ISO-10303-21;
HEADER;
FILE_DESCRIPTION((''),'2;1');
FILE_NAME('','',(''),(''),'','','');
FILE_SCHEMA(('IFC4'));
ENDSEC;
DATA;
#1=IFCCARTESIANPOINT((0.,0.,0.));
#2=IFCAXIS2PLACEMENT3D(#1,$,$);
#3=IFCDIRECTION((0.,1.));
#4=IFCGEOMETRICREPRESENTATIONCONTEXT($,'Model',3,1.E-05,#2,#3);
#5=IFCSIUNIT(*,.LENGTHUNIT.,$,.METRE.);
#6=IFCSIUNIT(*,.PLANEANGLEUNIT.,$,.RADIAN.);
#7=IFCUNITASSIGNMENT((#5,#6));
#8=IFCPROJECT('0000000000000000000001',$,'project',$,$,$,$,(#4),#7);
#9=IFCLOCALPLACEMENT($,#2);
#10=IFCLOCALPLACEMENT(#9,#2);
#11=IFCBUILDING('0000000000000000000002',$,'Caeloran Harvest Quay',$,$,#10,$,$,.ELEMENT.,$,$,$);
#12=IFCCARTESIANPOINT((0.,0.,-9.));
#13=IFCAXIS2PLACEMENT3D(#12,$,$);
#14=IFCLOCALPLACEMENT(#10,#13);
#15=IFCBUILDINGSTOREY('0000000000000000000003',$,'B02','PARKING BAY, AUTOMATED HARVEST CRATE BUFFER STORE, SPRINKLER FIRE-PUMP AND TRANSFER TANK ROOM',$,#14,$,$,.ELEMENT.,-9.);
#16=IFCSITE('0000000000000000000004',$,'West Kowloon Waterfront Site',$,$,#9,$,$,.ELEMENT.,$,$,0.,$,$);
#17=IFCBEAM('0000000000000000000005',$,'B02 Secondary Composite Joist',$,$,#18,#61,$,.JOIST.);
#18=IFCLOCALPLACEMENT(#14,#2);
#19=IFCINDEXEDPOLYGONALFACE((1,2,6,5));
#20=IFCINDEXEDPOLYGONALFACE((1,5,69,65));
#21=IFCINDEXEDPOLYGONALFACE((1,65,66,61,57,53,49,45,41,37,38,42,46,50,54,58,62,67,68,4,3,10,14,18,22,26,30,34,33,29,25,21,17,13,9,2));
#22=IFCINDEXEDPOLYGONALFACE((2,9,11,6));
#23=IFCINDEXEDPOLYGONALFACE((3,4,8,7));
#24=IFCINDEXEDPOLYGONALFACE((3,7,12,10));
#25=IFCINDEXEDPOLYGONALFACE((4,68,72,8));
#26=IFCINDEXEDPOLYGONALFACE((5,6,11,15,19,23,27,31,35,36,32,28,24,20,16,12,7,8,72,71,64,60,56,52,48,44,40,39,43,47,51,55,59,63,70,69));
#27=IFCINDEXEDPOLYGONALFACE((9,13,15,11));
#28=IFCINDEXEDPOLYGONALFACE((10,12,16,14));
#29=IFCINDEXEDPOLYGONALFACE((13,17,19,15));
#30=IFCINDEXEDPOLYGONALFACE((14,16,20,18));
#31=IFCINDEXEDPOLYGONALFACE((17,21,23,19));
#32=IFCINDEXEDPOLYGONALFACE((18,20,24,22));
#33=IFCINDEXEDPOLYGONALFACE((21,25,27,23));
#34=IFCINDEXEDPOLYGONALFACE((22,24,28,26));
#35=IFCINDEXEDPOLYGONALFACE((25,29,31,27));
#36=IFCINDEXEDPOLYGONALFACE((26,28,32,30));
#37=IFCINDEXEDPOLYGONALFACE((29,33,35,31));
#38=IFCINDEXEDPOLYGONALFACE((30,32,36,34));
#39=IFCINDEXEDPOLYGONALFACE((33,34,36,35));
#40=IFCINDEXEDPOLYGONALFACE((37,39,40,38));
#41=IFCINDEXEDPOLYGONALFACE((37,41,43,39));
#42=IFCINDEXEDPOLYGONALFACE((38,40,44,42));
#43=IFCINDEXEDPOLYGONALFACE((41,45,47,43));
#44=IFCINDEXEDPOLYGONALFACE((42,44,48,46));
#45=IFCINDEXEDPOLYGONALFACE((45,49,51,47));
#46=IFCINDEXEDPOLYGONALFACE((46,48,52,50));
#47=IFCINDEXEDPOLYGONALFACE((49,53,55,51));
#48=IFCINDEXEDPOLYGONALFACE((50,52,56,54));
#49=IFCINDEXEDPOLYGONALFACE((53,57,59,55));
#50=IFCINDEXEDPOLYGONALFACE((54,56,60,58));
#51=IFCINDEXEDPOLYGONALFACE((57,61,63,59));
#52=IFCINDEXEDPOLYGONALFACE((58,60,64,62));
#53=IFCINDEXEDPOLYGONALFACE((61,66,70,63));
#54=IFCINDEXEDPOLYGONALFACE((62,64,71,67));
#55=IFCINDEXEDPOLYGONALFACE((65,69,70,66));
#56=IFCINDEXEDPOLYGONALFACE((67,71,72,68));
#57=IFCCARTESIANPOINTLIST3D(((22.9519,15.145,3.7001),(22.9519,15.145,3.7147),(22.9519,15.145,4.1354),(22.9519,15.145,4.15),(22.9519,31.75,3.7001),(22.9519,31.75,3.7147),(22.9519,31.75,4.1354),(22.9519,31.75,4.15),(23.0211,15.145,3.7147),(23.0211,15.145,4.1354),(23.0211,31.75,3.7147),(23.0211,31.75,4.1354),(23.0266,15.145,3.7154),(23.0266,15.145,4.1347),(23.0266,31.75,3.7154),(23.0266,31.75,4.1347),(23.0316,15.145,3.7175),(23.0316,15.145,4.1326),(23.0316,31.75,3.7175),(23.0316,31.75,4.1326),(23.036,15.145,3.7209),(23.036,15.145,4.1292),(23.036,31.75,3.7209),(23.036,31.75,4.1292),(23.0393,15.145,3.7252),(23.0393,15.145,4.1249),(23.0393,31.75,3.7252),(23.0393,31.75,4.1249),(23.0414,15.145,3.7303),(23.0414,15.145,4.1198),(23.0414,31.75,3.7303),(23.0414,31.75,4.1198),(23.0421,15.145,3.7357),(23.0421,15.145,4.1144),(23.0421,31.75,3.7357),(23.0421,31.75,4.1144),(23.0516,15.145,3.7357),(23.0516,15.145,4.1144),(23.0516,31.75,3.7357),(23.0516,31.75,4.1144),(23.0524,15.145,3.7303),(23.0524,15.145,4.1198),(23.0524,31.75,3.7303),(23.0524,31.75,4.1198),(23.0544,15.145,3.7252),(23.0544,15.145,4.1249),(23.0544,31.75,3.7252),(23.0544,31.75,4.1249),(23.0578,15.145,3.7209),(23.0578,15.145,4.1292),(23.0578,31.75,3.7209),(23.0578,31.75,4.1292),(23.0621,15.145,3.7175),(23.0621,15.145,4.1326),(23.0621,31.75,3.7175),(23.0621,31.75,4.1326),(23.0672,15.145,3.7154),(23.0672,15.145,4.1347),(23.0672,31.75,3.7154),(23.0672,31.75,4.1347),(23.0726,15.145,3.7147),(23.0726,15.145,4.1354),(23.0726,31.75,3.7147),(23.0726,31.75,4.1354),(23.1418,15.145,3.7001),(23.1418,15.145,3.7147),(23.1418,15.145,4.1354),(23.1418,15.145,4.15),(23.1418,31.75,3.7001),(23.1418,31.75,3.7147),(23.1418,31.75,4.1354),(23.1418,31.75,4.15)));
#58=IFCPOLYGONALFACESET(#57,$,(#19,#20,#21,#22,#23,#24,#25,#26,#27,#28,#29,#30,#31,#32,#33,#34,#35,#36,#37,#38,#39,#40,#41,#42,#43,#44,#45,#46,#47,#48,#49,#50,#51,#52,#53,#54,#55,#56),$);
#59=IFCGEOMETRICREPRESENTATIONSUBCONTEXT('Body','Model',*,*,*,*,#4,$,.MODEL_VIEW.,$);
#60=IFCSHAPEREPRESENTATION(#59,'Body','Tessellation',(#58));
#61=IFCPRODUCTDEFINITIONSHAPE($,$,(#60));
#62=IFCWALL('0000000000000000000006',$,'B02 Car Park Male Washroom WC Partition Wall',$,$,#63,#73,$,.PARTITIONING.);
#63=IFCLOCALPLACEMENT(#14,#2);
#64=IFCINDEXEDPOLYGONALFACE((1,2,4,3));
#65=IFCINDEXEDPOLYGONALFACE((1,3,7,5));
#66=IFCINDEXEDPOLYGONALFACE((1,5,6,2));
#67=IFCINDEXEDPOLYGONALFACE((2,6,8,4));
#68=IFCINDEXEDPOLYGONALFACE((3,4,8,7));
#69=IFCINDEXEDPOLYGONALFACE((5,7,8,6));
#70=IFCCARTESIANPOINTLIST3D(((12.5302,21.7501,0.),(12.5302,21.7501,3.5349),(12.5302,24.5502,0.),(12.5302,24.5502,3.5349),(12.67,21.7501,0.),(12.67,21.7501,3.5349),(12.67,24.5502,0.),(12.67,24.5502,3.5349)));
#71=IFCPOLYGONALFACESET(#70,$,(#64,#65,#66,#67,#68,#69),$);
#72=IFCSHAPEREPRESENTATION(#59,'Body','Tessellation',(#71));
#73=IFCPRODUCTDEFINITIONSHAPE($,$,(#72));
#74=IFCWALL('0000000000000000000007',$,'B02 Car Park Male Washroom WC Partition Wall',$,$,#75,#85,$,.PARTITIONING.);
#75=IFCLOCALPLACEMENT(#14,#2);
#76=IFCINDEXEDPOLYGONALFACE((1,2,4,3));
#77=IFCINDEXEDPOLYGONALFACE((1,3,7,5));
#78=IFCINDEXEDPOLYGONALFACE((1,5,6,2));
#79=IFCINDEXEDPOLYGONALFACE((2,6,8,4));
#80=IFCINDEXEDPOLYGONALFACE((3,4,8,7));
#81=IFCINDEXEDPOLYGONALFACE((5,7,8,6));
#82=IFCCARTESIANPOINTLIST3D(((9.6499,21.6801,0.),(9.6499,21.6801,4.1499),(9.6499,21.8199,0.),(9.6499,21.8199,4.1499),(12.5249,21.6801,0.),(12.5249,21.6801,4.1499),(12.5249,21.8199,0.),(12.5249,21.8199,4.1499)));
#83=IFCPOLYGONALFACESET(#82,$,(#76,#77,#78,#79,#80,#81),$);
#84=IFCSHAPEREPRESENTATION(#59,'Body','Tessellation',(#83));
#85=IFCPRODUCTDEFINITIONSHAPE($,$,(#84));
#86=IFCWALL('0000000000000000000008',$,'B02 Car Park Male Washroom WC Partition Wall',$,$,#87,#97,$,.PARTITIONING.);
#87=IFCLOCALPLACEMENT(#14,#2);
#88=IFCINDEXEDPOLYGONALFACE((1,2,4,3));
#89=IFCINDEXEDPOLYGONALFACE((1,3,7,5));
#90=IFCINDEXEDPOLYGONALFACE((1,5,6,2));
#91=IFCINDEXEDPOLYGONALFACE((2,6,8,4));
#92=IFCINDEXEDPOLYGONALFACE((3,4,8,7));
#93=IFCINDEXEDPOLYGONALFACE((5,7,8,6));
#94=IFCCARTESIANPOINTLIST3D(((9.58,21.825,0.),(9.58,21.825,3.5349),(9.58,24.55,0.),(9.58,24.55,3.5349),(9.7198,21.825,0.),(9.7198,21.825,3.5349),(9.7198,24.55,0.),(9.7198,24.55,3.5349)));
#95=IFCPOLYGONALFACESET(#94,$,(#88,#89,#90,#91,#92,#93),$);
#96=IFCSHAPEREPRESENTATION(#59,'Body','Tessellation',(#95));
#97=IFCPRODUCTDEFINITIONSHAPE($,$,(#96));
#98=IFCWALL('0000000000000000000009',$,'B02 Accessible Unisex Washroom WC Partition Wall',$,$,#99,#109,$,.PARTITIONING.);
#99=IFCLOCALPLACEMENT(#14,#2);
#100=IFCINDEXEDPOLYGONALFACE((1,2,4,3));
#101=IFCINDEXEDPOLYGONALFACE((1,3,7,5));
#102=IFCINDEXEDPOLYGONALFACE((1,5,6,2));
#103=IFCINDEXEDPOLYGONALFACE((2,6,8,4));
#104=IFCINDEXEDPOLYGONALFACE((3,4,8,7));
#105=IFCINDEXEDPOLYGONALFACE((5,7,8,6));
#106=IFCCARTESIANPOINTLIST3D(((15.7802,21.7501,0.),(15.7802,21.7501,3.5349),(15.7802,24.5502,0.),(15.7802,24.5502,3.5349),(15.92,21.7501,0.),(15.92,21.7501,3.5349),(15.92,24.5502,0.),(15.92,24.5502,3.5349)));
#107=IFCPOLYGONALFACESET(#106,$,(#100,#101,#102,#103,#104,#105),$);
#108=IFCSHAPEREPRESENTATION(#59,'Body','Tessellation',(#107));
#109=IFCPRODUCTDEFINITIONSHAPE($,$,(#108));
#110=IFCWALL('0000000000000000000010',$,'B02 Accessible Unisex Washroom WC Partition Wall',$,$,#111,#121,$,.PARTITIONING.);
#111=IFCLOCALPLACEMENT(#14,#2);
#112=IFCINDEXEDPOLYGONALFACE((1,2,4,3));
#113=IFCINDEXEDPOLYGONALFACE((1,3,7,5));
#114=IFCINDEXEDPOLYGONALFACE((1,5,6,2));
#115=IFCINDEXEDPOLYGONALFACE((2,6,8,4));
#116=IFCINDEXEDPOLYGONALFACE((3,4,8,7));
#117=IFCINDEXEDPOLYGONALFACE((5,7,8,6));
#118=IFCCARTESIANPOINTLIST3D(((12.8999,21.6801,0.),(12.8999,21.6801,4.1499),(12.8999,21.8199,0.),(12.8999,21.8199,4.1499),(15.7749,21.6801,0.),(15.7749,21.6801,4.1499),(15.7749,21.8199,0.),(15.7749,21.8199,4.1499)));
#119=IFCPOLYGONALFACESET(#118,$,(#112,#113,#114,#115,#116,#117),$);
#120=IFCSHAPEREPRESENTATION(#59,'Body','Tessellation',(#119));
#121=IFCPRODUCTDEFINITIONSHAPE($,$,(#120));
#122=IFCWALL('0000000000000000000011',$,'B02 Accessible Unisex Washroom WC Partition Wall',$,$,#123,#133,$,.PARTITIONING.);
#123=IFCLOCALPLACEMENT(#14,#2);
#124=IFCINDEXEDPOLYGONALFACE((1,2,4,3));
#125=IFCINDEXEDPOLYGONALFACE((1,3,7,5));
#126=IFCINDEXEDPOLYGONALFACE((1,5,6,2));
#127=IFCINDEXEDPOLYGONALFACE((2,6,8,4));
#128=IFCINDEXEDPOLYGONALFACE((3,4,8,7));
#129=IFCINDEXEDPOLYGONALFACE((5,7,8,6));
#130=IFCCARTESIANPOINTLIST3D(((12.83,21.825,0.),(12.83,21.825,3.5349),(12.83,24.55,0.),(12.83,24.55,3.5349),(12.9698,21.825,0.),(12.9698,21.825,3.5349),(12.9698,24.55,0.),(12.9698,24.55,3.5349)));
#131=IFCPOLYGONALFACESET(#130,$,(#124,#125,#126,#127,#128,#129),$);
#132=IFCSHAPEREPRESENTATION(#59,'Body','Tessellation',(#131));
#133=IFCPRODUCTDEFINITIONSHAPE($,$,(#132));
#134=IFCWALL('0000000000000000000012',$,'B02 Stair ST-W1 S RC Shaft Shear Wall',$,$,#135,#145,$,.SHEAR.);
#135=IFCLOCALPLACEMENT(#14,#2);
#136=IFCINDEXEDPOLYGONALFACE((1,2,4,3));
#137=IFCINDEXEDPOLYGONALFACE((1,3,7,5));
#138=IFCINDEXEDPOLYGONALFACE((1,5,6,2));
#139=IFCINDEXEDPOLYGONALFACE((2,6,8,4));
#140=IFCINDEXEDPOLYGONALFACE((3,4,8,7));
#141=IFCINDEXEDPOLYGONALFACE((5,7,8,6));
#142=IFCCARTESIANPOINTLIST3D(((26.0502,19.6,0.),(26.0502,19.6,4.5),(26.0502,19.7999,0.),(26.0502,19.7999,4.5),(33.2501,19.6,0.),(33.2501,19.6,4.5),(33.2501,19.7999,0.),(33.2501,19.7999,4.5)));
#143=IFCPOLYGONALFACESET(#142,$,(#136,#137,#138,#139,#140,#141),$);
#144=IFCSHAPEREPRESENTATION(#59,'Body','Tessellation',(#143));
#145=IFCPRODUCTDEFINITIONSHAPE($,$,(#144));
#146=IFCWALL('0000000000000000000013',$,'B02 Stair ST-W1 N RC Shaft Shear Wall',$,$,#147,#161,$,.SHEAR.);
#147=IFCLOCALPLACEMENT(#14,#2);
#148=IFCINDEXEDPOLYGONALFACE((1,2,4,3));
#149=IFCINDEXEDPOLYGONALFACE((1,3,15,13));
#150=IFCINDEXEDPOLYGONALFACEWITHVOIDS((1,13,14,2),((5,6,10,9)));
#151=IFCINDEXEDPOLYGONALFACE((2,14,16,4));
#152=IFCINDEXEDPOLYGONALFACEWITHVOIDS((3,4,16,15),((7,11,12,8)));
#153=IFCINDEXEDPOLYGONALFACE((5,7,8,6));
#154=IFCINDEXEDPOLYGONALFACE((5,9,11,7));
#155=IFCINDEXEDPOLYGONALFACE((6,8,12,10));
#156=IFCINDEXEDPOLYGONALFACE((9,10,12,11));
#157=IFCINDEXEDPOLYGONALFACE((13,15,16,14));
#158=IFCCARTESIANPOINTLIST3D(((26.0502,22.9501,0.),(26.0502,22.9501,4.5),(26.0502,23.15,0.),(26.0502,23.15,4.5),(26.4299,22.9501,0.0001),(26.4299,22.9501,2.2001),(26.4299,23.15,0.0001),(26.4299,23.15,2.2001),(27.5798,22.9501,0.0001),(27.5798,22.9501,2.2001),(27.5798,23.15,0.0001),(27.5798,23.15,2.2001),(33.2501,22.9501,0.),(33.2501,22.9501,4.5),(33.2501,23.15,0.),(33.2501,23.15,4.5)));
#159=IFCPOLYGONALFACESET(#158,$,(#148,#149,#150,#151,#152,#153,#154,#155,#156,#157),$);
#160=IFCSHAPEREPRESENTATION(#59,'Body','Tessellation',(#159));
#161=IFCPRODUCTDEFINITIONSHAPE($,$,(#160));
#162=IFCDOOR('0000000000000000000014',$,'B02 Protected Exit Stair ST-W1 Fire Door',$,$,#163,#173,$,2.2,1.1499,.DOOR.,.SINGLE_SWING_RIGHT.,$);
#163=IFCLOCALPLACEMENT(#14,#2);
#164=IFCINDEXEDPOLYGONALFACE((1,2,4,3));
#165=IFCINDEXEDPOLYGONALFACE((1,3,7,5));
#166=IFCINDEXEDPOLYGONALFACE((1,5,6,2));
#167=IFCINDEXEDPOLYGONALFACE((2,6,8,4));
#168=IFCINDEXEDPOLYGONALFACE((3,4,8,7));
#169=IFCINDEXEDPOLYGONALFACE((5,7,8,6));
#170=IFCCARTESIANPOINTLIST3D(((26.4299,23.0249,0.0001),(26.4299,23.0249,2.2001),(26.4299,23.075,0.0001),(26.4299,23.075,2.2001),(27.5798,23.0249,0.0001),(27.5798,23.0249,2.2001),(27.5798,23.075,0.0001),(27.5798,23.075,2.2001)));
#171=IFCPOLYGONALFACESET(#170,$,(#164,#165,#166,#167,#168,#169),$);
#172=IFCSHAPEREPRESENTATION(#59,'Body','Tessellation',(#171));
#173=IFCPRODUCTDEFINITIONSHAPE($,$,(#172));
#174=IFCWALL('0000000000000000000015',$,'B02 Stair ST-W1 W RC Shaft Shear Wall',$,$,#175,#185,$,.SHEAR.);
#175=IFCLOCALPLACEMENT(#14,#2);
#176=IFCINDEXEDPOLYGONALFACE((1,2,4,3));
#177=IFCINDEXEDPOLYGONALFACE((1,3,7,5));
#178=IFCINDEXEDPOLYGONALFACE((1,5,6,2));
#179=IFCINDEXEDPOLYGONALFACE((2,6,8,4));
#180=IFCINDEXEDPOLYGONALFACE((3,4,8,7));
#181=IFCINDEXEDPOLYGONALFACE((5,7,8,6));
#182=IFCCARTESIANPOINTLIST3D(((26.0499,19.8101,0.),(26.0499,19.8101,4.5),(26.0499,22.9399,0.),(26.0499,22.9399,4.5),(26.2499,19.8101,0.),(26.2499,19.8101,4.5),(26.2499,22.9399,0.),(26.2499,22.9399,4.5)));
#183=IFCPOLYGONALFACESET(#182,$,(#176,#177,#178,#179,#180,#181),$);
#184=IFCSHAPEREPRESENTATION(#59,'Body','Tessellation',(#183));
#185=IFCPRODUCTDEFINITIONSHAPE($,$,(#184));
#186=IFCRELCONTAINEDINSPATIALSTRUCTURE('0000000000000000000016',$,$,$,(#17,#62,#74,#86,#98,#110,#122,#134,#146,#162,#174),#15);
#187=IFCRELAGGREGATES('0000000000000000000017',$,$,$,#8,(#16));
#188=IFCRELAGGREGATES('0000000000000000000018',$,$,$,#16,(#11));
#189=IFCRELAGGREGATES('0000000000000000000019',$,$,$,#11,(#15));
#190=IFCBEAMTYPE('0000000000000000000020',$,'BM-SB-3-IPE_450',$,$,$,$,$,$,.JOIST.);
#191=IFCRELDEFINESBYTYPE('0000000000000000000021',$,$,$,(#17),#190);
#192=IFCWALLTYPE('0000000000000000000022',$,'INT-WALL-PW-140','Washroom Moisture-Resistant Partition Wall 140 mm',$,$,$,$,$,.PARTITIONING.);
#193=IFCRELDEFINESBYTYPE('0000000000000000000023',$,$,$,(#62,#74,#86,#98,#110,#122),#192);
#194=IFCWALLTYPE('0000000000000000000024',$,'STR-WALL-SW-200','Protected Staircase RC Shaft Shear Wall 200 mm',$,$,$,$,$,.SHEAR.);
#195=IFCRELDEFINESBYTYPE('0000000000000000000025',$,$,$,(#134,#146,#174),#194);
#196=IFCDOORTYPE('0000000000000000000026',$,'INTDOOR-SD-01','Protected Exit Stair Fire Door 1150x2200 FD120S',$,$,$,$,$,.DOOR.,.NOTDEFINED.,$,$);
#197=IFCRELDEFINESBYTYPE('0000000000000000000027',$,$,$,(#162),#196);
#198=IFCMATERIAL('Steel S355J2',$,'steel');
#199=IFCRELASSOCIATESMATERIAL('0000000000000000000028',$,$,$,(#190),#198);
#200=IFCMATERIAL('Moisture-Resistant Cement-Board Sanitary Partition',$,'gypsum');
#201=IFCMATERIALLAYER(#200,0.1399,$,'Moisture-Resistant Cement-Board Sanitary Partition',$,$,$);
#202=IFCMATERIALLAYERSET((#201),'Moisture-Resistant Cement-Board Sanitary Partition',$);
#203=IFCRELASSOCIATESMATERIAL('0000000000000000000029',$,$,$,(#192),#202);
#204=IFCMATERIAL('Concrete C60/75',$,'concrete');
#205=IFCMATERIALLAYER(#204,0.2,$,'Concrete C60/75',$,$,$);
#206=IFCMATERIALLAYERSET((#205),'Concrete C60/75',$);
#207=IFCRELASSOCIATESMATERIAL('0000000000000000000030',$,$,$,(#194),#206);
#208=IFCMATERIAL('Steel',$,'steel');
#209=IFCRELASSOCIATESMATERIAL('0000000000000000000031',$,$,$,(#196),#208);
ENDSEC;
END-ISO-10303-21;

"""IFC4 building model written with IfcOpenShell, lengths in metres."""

from ifc_helpers import new_model, si_unit, direction, frame, frame_2d, origin, origin_2d, place, context, subcontext, project, spatial, rectangle, i_section, extrude, material, layer, layer_set, material_profile, profile_set, type_object, element, fill, save


model = new_model("IFC4")

# Units and contexts
model_context = context("Model", 3, precision=1e-05, world=origin(), true_north=direction((0.0, 1.0)))
body_context = subcontext(model_context, "Body", "Model", "MODEL_VIEW")
ifc_project = project(units=[si_unit("LENGTHUNIT", "METRE"), si_unit("PLANEANGLEUNIT", "RADIAN")], contexts=[model_context])

# Site, building, storey
site_placement = place(None, origin())
site = spatial("IfcSite", under=ifc_project, at=site_placement, Name="West Kowloon Waterfront Site", CompositionType="ELEMENT", RefElevation=0.0)
building_placement = place(site_placement, origin())
building = spatial("IfcBuilding", under=site, at=building_placement, Name="Caeloran Harvest Quay", CompositionType="ELEMENT")
storey_placement = place(building_placement, frame((0.0, 0.0, -9.0)))
storey = spatial("IfcBuildingStorey", under=building, at=storey_placement, Name="B02", Description="PARKING BAY, AUTOMATED HARVEST CRATE BUFFER STORE, SPRINKLER FIRE-PUMP AND TRANSFER TANK ROOM", CompositionType="ELEMENT", Elevation=-9.0)

# Beam
ifc_material_1 = material(Name="Steel S355J2", Category="steel")
ifc_material_profile_1 = material_profile(ifc_material_1, i_section(OverallWidth=0.1899, OverallDepth=0.45, WebThickness=0.0095, FlangeThickness=0.0146, FilletRadius=0.021, at=origin_2d()), Name="IPE 450")
ifc_profile_set_1 = profile_set([ifc_material_profile_1], Name="Steel S355J2")
beam_type_1 = type_object("IfcBeamType", Name="BM-SB-3-IPE_450", PredefinedType="JOIST", material=ifc_profile_set_1)
for number, where, z_axis, x_axis, name in (
    (1, (23.0469, 15.145, 3.925), (0.0, 1.0, 0.0), (-1.0, 0.0, 0.0), "B02 Secondary Composite Joist"),
):
    element("IfcBeam", number, at=place(storey_placement, frame(where, z_axis=z_axis, x_axis=x_axis)), inside=storey, type_object=beam_type_1, Name=name, PredefinedType="JOIST", context=body_context, shape_type="SweptSolid", body=[
        extrude(i_section(OverallWidth=0.1899, OverallDepth=0.45, WebThickness=0.0095, FlangeThickness=0.0146, FilletRadius=0.021, at=origin_2d()), origin(), (0.0, 0.0, 1.0), 16.605),
    ])

# Walls
ifc_material_2 = material(Name="Moisture-Resistant Cement-Board Sanitary Partition", Category="gypsum")
ifc_layer_1 = layer(ifc_material_2, 0.1399, Name="Moisture-Resistant Cement-Board Sanitary Partition")
ifc_layer_set_1 = layer_set([ifc_layer_1], Name="Moisture-Resistant Cement-Board Sanitary Partition")
wall_type_1 = type_object("IfcWallType", Name="INT-WALL-PW-140", Description="Washroom Moisture-Resistant Partition Wall 140 mm", PredefinedType="PARTITIONING", material=ifc_layer_set_1)
wall_1_placement = place(storey_placement, frame((12.6001, 24.55, 0.0), z_axis=(0.0, 0.0, 1.0), x_axis=(0.0, -1.0, 0.0)))
element("IfcWall", 2, at=wall_1_placement, inside=storey, type_object=wall_type_1, Name="B02 Car Park Male Washroom WC Partition Wall", PredefinedType="PARTITIONING", context=body_context, shape_type="SweptSolid", body=[
    extrude(rectangle(XDim=2.8, YDim=0.1399, at=frame_2d((1.3999, 0.0))), origin(), (0.0, 0.0, 1.0), 3.5349),
])
wall_2_placement = place(storey_placement, frame((12.5249, 21.75, 0.0), z_axis=(0.0, 0.0, 1.0), x_axis=(-1.0, 0.0, 0.0)))
element("IfcWall", 3, at=wall_2_placement, inside=storey, type_object=wall_type_1, Name="B02 Car Park Male Washroom WC Partition Wall", PredefinedType="PARTITIONING", context=body_context, shape_type="SweptSolid", body=[
    extrude(rectangle(XDim=2.875, YDim=0.1399, at=frame_2d((1.4375, 0.0))), origin(), (0.0, 0.0, 1.0), 4.1499),
])
wall_3_placement = place(storey_placement, frame((9.6499, 21.825, 0.0), z_axis=(0.0, 0.0, 1.0), x_axis=(0.0, 1.0, 0.0)))
element("IfcWall", 4, at=wall_3_placement, inside=storey, type_object=wall_type_1, Name="B02 Car Park Male Washroom WC Partition Wall", PredefinedType="PARTITIONING", context=body_context, shape_type="SweptSolid", body=[
    extrude(rectangle(XDim=2.7251, YDim=0.1399, at=frame_2d((1.3625, 0.0))), origin(), (0.0, 0.0, 1.0), 3.5349),
])

# Walls
wall_4_placement = place(storey_placement, frame((15.8501, 24.55, 0.0), z_axis=(0.0, 0.0, 1.0), x_axis=(0.0, -1.0, 0.0)))
element("IfcWall", 5, at=wall_4_placement, inside=storey, type_object=wall_type_1, Name="B02 Accessible Unisex Washroom WC Partition Wall", PredefinedType="PARTITIONING", context=body_context, shape_type="SweptSolid", body=[
    extrude(rectangle(XDim=2.8, YDim=0.1399, at=frame_2d((1.3999, 0.0))), origin(), (0.0, 0.0, 1.0), 3.5349),
])
wall_5_placement = place(storey_placement, frame((15.7749, 21.75, 0.0), z_axis=(0.0, 0.0, 1.0), x_axis=(-1.0, 0.0, 0.0)))
element("IfcWall", 6, at=wall_5_placement, inside=storey, type_object=wall_type_1, Name="B02 Accessible Unisex Washroom WC Partition Wall", PredefinedType="PARTITIONING", context=body_context, shape_type="SweptSolid", body=[
    extrude(rectangle(XDim=2.875, YDim=0.1399, at=frame_2d((1.4375, 0.0))), origin(), (0.0, 0.0, 1.0), 4.1499),
])
wall_6_placement = place(storey_placement, frame((12.8999, 21.825, 0.0), z_axis=(0.0, 0.0, 1.0), x_axis=(0.0, 1.0, 0.0)))
element("IfcWall", 7, at=wall_6_placement, inside=storey, type_object=wall_type_1, Name="B02 Accessible Unisex Washroom WC Partition Wall", PredefinedType="PARTITIONING", context=body_context, shape_type="SweptSolid", body=[
    extrude(rectangle(XDim=2.7251, YDim=0.1399, at=frame_2d((1.3625, 0.0))), origin(), (0.0, 0.0, 1.0), 3.5349),
])

# Wall
ifc_material_3 = material(Name="Concrete C60/75", Category="concrete")
ifc_layer_2 = layer(ifc_material_3, 0.2, Name="Concrete C60/75")
ifc_layer_set_2 = layer_set([ifc_layer_2], Name="Concrete C60/75")
wall_type_2 = type_object("IfcWallType", Name="STR-WALL-SW-200", Description="Protected Staircase RC Shaft Shear Wall 200 mm", PredefinedType="SHEAR", material=ifc_layer_set_2)
wall_7_placement = place(storey_placement, frame((26.05, 19.7, 0.0), z_axis=(0.0, 0.0, 1.0), x_axis=(1.0, 0.0, 0.0)))
element("IfcWall", 8, at=wall_7_placement, inside=storey, type_object=wall_type_2, Name="B02 Stair ST-W1 S RC Shaft Shear Wall", PredefinedType="SHEAR", context=body_context, shape_type="SweptSolid", body=[
    extrude(rectangle(XDim=7.2, YDim=0.2, at=frame_2d((3.6001, 0.0))), origin(), (0.0, 0.0, 1.0), 4.5),
])

# Wall, opening, door
wall_8_placement = place(storey_placement, frame((26.05, 23.05, 0.0), z_axis=(0.0, 0.0, 1.0), x_axis=(1.0, 0.0, 0.0)))
wall_8 = element("IfcWall", 9, at=wall_8_placement, inside=storey, type_object=wall_type_2, Name="B02 Stair ST-W1 N RC Shaft Shear Wall", PredefinedType="SHEAR", context=body_context, shape_type="SweptSolid", body=[
    extrude(rectangle(XDim=7.2, YDim=0.2, at=frame_2d((3.6001, 0.0))), origin(), (0.0, 0.0, 1.0), 4.5),
])
opening_1_placement = place(wall_8_placement, frame((0.3799, 0.0, 0.0)))
opening_1 = element("IfcOpeningElement", 10, at=opening_1_placement, cuts=wall_8, PredefinedType="OPENING", context=body_context, shape_type="SweptSolid", body=[
    extrude(rectangle(XDim=1.1499, YDim=2.2, at=frame_2d((0.575, 1.1001))), frame((0.0, 0.1099, 0.0), z_axis=(0.0, -1.0, 0.0), x_axis=(1.0, 0.0, 0.0)), (0.0, 0.0, 1.0), 0.22),
])
ifc_material_4 = material(Name="Steel", Category="steel")
door_type_1 = type_object("IfcDoorType", Name="INTDOOR-SD-01", Description="Protected Exit Stair Fire Door 1150x2200 FD120S", OperationType="NOTDEFINED", PredefinedType="DOOR", material=ifc_material_4)
door_1_placement = place(opening_1_placement, origin())
door_1 = element("IfcDoor", 11, at=door_1_placement, inside=storey, type_object=door_type_1, Name="B02 Protected Exit Stair ST-W1 Fire Door", OperationType="SINGLE_SWING_RIGHT", OverallHeight=2.2, OverallWidth=1.1499, PredefinedType="DOOR", context=body_context, shape_type="SweptSolid", body=[
    extrude(rectangle(XDim=1.1499, YDim=2.2, at=frame_2d((0.575, 1.1001))), frame((0.0, 0.0249, 0.0), z_axis=(0.0, -1.0, 0.0), x_axis=(1.0, 0.0, 0.0)), (0.0, 0.0, 1.0), 0.05),
])
fill(opening_1, door_1)

# Wall
wall_9_placement = place(storey_placement, frame((26.1499, 19.8101, 0.0), z_axis=(0.0, 0.0, 1.0), x_axis=(0.0, 1.0, 0.0)))
element("IfcWall", 12, at=wall_9_placement, inside=storey, type_object=wall_type_2, Name="B02 Stair ST-W1 W RC Shaft Shear Wall", PredefinedType="SHEAR", context=body_context, shape_type="SweptSolid", body=[
    extrude(rectangle(XDim=3.1299, YDim=0.2, at=frame_2d((1.5649, 0.0))), origin(), (0.0, 0.0, 1.0), 4.5),
])

save(model, "model.ifc")
